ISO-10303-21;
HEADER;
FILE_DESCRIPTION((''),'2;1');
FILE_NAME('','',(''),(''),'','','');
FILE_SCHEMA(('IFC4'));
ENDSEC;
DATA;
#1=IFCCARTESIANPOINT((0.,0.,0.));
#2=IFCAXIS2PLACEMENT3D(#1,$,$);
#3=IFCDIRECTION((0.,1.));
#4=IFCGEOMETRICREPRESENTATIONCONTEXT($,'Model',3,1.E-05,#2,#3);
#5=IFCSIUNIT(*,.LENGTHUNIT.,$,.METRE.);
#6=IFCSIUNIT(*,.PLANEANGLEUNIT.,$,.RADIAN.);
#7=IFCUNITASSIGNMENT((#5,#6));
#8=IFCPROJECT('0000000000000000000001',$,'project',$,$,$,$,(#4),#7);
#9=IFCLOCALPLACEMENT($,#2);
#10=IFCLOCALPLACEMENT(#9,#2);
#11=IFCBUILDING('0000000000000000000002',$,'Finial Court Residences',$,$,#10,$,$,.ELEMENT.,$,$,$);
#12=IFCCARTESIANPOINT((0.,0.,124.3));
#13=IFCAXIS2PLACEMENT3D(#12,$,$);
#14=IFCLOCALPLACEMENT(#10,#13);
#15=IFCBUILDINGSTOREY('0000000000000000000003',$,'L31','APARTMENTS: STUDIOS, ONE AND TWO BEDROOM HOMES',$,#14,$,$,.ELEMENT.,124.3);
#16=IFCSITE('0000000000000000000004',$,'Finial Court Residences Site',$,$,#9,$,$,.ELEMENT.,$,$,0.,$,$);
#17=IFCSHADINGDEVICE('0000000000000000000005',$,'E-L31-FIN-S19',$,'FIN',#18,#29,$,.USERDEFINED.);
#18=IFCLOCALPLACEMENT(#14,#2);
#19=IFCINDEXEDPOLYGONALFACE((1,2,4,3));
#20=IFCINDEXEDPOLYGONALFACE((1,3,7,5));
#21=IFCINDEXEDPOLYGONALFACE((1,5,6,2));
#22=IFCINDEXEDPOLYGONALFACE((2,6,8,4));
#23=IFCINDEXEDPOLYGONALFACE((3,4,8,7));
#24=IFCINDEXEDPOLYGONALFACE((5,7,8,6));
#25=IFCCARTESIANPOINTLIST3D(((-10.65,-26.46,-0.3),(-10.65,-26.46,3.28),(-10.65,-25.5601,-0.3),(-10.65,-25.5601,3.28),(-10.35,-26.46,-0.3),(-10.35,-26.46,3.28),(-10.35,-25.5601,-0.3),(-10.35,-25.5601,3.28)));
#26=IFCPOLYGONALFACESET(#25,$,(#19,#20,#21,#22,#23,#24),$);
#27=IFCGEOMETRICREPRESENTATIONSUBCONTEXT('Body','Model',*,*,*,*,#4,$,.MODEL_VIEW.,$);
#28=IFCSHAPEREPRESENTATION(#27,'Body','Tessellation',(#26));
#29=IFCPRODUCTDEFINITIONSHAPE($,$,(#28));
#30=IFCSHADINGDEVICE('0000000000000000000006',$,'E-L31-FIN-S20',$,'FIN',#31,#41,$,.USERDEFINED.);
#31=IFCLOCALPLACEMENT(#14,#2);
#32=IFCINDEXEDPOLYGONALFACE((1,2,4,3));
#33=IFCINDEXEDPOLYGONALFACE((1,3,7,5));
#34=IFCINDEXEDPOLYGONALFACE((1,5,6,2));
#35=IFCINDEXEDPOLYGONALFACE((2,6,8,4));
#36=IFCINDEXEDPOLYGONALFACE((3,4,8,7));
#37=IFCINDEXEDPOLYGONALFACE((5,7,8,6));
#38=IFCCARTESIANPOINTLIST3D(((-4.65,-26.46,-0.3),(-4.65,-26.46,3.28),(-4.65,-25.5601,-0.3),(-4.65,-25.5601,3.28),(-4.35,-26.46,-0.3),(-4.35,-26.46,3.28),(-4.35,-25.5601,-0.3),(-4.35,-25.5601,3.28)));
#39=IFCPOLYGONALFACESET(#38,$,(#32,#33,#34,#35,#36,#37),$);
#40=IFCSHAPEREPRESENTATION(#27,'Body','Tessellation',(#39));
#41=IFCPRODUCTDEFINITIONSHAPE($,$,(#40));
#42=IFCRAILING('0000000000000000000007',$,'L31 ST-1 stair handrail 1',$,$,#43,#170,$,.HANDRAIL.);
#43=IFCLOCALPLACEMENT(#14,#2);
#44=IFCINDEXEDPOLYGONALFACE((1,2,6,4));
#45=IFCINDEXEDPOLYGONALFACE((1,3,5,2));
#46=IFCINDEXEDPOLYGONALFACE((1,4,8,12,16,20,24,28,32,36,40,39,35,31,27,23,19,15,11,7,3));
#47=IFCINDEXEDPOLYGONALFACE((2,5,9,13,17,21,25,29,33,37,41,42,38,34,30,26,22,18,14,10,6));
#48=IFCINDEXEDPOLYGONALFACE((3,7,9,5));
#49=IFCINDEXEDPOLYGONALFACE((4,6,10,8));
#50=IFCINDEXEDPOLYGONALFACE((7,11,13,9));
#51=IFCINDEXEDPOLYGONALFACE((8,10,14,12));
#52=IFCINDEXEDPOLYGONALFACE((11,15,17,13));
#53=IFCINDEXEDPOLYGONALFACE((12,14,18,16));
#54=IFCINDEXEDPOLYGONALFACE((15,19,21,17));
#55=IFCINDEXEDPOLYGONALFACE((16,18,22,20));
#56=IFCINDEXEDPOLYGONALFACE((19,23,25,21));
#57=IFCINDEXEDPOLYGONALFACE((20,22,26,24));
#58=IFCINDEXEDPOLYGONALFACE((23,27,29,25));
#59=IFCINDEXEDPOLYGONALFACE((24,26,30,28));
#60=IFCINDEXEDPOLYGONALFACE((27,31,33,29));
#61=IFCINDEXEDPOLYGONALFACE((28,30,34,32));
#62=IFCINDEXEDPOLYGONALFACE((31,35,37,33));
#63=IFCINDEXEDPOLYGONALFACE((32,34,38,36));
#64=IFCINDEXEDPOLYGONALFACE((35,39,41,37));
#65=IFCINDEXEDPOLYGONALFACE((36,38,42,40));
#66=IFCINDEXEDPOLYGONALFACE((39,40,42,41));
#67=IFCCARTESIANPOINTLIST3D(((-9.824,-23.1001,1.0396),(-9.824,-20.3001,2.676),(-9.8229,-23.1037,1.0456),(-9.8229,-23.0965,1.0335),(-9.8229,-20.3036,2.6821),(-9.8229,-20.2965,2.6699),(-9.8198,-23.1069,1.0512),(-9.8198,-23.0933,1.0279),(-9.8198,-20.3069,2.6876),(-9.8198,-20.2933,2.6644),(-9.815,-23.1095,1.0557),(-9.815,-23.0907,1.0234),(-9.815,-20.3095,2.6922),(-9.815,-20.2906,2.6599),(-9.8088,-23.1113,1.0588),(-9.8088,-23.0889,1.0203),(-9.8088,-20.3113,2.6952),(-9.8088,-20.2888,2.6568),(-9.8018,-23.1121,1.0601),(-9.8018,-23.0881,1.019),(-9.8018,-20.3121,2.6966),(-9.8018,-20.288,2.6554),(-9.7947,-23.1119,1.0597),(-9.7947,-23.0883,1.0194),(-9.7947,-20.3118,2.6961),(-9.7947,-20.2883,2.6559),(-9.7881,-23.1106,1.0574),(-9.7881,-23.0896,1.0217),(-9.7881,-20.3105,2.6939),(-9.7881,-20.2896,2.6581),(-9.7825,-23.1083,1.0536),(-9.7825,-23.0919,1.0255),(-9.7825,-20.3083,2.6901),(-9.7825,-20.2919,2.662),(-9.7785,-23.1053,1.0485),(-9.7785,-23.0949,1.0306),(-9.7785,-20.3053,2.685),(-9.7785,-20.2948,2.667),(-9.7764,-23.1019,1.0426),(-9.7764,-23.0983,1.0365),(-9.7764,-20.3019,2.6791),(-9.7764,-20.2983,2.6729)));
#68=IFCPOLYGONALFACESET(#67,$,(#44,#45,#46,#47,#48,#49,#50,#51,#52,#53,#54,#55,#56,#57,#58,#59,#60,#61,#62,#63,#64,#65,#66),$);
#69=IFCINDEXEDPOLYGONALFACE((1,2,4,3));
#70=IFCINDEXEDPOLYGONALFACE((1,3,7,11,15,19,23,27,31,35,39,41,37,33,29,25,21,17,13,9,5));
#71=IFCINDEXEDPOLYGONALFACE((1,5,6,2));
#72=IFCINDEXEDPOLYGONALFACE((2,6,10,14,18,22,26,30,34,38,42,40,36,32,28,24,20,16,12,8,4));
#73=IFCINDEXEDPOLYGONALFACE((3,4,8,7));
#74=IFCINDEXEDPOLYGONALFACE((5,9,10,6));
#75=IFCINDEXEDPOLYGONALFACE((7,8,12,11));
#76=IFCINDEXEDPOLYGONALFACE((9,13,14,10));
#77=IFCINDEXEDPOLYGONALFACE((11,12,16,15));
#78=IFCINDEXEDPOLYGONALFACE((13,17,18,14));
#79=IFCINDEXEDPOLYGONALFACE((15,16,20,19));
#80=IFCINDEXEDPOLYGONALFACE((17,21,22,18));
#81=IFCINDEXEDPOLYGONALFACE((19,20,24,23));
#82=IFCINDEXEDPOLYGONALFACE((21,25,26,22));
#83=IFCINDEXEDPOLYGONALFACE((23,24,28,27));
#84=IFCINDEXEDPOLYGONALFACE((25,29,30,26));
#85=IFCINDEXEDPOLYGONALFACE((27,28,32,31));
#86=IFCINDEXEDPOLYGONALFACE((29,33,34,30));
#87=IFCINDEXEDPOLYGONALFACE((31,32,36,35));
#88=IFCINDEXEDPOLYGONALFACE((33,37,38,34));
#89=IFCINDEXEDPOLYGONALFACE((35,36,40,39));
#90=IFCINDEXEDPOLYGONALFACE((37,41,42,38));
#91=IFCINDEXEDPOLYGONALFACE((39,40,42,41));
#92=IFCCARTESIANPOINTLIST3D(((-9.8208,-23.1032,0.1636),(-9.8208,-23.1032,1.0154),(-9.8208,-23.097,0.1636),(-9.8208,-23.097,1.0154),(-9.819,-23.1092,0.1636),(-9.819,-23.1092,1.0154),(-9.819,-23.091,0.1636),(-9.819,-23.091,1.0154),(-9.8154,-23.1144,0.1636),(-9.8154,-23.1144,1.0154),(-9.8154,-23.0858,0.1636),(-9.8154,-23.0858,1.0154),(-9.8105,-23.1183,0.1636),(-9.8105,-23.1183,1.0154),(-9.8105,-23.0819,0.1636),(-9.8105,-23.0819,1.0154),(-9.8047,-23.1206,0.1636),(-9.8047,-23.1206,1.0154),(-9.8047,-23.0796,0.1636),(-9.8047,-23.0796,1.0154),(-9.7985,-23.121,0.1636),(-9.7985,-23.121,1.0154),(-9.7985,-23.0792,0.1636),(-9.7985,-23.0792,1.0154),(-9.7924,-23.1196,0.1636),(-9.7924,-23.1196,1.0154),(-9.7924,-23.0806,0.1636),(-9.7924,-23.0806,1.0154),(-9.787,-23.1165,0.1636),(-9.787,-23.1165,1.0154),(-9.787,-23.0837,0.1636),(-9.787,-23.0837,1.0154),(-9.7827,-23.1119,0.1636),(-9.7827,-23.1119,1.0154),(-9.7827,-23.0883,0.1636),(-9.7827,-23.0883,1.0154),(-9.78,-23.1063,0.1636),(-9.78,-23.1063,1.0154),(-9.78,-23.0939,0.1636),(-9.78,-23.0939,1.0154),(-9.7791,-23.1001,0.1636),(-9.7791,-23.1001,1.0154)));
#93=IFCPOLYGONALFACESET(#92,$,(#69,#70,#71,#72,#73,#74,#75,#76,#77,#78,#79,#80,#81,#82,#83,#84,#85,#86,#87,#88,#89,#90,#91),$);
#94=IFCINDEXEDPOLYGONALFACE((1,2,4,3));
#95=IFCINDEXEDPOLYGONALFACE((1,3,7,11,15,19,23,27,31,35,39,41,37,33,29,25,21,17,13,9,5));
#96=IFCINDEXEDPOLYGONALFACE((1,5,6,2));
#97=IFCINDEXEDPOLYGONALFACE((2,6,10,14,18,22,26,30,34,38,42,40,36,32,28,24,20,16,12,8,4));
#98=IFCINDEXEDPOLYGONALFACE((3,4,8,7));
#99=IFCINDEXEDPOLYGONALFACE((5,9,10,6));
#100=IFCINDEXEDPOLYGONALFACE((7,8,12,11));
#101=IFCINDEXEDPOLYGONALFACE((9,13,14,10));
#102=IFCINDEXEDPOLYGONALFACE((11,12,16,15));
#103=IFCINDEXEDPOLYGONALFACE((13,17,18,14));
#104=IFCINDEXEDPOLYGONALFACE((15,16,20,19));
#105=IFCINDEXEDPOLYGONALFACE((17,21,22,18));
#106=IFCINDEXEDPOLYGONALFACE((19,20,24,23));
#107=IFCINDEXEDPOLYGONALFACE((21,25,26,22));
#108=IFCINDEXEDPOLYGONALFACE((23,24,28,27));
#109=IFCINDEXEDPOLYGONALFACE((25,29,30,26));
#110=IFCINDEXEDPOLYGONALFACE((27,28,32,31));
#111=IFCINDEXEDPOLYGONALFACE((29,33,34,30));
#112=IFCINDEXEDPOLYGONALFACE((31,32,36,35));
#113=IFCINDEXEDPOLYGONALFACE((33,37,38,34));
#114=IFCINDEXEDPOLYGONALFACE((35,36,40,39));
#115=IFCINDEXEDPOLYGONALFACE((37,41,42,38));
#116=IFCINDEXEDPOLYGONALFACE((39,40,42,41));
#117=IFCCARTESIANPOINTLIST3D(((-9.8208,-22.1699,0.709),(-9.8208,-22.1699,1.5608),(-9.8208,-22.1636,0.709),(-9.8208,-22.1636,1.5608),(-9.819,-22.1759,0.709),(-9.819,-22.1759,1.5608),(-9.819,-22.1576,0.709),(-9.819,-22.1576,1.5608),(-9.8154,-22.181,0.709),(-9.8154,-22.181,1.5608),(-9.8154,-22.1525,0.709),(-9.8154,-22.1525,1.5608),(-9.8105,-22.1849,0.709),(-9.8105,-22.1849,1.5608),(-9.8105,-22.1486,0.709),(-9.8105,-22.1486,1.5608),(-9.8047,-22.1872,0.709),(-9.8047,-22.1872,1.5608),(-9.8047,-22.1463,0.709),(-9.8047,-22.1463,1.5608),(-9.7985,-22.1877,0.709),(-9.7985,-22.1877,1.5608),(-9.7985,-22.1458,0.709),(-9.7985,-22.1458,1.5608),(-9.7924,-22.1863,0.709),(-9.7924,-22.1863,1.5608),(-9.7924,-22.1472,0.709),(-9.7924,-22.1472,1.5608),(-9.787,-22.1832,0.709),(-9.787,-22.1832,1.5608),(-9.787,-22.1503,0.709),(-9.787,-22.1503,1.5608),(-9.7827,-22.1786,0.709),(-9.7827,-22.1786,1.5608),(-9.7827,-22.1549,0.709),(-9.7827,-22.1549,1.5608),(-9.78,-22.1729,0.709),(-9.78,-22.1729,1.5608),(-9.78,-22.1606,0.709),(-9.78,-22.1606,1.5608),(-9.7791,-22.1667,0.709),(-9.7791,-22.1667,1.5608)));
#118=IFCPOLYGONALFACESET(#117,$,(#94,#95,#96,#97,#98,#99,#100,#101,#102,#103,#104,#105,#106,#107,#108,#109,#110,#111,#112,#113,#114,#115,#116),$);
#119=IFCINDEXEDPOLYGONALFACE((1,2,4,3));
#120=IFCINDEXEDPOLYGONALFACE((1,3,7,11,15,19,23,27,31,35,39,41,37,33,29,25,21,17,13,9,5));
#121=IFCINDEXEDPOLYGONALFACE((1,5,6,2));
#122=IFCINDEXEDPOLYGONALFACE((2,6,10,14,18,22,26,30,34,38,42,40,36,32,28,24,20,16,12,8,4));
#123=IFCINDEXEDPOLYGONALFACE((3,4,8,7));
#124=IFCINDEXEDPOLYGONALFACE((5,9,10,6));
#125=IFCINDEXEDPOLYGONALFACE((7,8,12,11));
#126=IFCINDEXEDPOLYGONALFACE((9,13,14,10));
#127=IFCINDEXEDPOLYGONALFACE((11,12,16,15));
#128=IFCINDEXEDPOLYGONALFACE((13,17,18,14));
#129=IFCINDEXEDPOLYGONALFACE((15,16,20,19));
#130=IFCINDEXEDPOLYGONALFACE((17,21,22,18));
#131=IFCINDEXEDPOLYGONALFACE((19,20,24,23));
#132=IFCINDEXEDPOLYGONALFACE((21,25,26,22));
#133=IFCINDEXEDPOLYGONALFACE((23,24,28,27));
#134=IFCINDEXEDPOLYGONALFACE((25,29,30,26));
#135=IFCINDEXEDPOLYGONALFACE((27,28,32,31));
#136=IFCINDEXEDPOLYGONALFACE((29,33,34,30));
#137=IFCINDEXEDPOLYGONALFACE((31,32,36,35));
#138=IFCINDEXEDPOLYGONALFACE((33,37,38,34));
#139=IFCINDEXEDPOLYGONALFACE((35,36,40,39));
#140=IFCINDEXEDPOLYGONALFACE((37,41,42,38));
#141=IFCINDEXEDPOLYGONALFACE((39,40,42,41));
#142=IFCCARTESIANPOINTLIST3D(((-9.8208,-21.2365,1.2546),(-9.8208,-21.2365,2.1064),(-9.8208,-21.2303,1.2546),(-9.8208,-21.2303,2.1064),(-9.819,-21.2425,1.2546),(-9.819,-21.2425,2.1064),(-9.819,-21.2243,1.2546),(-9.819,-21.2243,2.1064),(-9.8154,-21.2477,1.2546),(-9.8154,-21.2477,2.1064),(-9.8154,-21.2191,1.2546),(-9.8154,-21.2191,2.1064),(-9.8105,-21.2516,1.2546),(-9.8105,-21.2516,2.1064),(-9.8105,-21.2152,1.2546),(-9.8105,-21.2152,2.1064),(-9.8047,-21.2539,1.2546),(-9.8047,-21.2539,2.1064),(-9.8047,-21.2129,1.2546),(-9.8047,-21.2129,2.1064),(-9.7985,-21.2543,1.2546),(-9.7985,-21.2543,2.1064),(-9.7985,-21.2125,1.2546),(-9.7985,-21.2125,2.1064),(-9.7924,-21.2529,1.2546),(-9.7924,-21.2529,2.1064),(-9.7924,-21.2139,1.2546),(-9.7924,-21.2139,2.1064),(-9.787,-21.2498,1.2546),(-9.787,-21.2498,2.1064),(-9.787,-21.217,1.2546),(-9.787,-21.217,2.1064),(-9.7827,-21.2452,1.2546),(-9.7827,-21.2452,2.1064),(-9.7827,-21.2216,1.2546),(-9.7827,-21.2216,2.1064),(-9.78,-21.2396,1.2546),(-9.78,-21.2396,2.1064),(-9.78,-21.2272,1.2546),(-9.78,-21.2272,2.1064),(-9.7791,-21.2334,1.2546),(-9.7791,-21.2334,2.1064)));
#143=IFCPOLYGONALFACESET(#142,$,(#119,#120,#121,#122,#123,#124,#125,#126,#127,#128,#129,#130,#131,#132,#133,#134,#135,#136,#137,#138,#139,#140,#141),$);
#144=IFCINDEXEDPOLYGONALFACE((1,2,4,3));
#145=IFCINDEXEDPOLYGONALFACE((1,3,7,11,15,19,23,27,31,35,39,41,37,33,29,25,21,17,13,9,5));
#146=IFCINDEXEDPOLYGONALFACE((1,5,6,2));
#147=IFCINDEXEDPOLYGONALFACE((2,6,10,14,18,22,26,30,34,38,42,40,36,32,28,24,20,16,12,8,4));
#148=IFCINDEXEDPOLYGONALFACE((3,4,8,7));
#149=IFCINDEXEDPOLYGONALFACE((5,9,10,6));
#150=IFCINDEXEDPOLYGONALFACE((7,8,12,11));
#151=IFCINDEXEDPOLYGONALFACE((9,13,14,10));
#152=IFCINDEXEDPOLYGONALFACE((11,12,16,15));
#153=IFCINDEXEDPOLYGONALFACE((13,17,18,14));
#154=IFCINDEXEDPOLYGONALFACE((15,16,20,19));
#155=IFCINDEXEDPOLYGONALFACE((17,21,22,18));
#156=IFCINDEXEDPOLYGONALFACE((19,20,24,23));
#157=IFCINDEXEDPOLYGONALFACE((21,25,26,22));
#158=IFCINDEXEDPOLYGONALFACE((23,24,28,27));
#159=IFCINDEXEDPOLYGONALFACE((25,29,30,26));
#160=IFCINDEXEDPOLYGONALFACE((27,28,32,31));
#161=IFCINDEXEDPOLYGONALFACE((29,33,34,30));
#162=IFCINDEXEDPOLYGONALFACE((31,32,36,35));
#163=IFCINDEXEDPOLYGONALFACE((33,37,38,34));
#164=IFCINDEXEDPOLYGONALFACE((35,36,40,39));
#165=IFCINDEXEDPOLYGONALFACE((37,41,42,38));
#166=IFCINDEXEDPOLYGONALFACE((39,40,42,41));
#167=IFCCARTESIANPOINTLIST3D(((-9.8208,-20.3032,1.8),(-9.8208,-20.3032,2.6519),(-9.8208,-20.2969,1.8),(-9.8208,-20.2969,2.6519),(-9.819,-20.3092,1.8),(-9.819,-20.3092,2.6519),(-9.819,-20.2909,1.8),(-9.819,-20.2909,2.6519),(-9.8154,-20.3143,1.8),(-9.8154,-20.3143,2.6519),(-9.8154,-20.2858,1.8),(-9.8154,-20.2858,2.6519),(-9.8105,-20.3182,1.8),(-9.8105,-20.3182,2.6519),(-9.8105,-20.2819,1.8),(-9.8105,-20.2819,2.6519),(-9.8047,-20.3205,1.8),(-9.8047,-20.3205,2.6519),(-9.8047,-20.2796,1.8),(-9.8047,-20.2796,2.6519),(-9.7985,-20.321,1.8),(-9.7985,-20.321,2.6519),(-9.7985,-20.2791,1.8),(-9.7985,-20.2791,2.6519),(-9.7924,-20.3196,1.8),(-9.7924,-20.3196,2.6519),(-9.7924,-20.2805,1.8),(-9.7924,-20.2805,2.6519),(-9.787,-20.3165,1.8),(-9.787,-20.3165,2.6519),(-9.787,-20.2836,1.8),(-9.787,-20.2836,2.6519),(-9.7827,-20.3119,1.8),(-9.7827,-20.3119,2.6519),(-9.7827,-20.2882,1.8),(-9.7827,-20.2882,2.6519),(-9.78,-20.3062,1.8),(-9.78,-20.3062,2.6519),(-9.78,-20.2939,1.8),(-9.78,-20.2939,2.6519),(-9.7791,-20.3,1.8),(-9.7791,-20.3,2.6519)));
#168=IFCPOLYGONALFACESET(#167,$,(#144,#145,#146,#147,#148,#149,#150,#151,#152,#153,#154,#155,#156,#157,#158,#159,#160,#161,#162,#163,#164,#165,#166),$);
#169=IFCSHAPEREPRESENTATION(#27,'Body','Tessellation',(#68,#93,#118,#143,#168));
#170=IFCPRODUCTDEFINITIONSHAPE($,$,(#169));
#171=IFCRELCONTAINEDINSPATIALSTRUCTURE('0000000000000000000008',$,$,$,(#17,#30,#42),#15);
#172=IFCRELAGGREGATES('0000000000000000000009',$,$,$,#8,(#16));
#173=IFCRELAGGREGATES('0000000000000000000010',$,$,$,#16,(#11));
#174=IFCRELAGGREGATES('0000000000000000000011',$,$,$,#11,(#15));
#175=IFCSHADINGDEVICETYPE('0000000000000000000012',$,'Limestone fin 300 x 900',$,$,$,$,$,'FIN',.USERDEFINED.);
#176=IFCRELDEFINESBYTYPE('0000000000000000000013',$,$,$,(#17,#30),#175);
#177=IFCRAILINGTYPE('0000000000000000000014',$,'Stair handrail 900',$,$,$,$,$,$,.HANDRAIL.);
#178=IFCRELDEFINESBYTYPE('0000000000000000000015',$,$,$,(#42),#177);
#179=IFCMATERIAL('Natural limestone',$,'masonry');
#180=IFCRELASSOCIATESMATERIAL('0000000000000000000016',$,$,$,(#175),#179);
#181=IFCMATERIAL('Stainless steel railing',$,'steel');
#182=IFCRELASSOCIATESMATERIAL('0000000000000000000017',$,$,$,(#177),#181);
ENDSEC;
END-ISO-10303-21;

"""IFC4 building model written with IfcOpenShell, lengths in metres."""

from ifc_helpers import new_model, si_unit, direction, frame, origin, origin_2d, place, context, subcontext, project, spatial, rectangle, circle, extrude, material, type_object, element, save


model = new_model("IFC4")

# Units and contexts
model_context = context("Model", 3, precision=1e-05, world=origin(), true_north=direction((0.0, 1.0)))
body_context = subcontext(model_context, "Body", "Model", "MODEL_VIEW")
ifc_project = project(units=[si_unit("LENGTHUNIT", "METRE"), si_unit("PLANEANGLEUNIT", "RADIAN")], contexts=[model_context])

# Site, building, storey
site_placement = place(None, origin())
site = spatial("IfcSite", under=ifc_project, at=site_placement, Name="Finial Court Residences Site", CompositionType="ELEMENT", RefElevation=0.0)
building_placement = place(site_placement, origin())
building = spatial("IfcBuilding", under=site, at=building_placement, Name="Finial Court Residences", CompositionType="ELEMENT")
storey_placement = place(building_placement, frame((0.0, 0.0, 124.3)))
storey = spatial("IfcBuildingStorey", under=building, at=storey_placement, Name="L31", Description="APARTMENTS: STUDIOS, ONE AND TWO BEDROOM HOMES", CompositionType="ELEMENT", Elevation=124.3)

# Shading devices
ifc_material_1 = material(Name="Natural limestone", Category="masonry")
shading_device_type = type_object("IfcShadingDeviceType", Name="Limestone fin 300 x 900", ElementType="FIN", PredefinedType="USERDEFINED", material=ifc_material_1)
for number, where, z_axis, x_axis, name in (
    (1, (-10.5, -26.01, -0.3), (0.0, 0.0, 1.0), (1.0, 0.0, 0.0), "E-L31-FIN-S19"),
    (2, (-4.5, -26.01, -0.3), (0.0, 0.0, 1.0), (1.0, 0.0, 0.0), "E-L31-FIN-S20"),
):
    element("IfcShadingDevice", number, at=place(storey_placement, frame(where, z_axis=z_axis, x_axis=x_axis)), inside=storey, type_object=shading_device_type, Name=name, ObjectType="FIN", PredefinedType="USERDEFINED", context=body_context, shape_type="SweptSolid", body=[
        extrude(rectangle(XDim=0.3, YDim=0.8999, at=origin_2d()), origin(), (0.0, 0.0, 1.0), 3.5801),
    ])

# Railing
ifc_material_2 = material(Name="Stainless steel railing", Category="steel")
railing_type = type_object("IfcRailingType", Name="Stair handrail 900", PredefinedType="HANDRAIL", material=ifc_material_2)
railing_placement = place(storey_placement, frame((-9.8, -23.1001, 0.1636)))
element("IfcRailing", 3, at=railing_placement, inside=storey, type_object=railing_type, Name="L31 ST-1 stair handrail 1", PredefinedType="HANDRAIL", context=body_context, shape_type="SweptSolid", body=[
    extrude(circle(Radius=0.0239, at=origin_2d()), frame((0.0, 0.0, 0.876), z_axis=(0.0, 0.863361, 0.504587), x_axis=(-1.0, 0.0, 0.0)), (0.0, 0.0, 1.0), 3.2432),
    extrude(circle(Radius=0.021, at=origin_2d()), origin(), (0.0, 0.0, 1.0), 0.8518),
    extrude(circle(Radius=0.021, at=origin_2d()), frame((0.0, 0.9333, 0.5454)), (0.0, 0.0, 1.0), 0.8518),
    extrude(circle(Radius=0.021, at=origin_2d()), frame((0.0, 1.8667, 1.0911)), (0.0, 0.0, 1.0), 0.8518),
    extrude(circle(Radius=0.021, at=origin_2d()), frame((0.0, 2.8, 1.6365)), (0.0, 0.0, 1.0), 0.8518),
])

save(model, "model.ifc")
